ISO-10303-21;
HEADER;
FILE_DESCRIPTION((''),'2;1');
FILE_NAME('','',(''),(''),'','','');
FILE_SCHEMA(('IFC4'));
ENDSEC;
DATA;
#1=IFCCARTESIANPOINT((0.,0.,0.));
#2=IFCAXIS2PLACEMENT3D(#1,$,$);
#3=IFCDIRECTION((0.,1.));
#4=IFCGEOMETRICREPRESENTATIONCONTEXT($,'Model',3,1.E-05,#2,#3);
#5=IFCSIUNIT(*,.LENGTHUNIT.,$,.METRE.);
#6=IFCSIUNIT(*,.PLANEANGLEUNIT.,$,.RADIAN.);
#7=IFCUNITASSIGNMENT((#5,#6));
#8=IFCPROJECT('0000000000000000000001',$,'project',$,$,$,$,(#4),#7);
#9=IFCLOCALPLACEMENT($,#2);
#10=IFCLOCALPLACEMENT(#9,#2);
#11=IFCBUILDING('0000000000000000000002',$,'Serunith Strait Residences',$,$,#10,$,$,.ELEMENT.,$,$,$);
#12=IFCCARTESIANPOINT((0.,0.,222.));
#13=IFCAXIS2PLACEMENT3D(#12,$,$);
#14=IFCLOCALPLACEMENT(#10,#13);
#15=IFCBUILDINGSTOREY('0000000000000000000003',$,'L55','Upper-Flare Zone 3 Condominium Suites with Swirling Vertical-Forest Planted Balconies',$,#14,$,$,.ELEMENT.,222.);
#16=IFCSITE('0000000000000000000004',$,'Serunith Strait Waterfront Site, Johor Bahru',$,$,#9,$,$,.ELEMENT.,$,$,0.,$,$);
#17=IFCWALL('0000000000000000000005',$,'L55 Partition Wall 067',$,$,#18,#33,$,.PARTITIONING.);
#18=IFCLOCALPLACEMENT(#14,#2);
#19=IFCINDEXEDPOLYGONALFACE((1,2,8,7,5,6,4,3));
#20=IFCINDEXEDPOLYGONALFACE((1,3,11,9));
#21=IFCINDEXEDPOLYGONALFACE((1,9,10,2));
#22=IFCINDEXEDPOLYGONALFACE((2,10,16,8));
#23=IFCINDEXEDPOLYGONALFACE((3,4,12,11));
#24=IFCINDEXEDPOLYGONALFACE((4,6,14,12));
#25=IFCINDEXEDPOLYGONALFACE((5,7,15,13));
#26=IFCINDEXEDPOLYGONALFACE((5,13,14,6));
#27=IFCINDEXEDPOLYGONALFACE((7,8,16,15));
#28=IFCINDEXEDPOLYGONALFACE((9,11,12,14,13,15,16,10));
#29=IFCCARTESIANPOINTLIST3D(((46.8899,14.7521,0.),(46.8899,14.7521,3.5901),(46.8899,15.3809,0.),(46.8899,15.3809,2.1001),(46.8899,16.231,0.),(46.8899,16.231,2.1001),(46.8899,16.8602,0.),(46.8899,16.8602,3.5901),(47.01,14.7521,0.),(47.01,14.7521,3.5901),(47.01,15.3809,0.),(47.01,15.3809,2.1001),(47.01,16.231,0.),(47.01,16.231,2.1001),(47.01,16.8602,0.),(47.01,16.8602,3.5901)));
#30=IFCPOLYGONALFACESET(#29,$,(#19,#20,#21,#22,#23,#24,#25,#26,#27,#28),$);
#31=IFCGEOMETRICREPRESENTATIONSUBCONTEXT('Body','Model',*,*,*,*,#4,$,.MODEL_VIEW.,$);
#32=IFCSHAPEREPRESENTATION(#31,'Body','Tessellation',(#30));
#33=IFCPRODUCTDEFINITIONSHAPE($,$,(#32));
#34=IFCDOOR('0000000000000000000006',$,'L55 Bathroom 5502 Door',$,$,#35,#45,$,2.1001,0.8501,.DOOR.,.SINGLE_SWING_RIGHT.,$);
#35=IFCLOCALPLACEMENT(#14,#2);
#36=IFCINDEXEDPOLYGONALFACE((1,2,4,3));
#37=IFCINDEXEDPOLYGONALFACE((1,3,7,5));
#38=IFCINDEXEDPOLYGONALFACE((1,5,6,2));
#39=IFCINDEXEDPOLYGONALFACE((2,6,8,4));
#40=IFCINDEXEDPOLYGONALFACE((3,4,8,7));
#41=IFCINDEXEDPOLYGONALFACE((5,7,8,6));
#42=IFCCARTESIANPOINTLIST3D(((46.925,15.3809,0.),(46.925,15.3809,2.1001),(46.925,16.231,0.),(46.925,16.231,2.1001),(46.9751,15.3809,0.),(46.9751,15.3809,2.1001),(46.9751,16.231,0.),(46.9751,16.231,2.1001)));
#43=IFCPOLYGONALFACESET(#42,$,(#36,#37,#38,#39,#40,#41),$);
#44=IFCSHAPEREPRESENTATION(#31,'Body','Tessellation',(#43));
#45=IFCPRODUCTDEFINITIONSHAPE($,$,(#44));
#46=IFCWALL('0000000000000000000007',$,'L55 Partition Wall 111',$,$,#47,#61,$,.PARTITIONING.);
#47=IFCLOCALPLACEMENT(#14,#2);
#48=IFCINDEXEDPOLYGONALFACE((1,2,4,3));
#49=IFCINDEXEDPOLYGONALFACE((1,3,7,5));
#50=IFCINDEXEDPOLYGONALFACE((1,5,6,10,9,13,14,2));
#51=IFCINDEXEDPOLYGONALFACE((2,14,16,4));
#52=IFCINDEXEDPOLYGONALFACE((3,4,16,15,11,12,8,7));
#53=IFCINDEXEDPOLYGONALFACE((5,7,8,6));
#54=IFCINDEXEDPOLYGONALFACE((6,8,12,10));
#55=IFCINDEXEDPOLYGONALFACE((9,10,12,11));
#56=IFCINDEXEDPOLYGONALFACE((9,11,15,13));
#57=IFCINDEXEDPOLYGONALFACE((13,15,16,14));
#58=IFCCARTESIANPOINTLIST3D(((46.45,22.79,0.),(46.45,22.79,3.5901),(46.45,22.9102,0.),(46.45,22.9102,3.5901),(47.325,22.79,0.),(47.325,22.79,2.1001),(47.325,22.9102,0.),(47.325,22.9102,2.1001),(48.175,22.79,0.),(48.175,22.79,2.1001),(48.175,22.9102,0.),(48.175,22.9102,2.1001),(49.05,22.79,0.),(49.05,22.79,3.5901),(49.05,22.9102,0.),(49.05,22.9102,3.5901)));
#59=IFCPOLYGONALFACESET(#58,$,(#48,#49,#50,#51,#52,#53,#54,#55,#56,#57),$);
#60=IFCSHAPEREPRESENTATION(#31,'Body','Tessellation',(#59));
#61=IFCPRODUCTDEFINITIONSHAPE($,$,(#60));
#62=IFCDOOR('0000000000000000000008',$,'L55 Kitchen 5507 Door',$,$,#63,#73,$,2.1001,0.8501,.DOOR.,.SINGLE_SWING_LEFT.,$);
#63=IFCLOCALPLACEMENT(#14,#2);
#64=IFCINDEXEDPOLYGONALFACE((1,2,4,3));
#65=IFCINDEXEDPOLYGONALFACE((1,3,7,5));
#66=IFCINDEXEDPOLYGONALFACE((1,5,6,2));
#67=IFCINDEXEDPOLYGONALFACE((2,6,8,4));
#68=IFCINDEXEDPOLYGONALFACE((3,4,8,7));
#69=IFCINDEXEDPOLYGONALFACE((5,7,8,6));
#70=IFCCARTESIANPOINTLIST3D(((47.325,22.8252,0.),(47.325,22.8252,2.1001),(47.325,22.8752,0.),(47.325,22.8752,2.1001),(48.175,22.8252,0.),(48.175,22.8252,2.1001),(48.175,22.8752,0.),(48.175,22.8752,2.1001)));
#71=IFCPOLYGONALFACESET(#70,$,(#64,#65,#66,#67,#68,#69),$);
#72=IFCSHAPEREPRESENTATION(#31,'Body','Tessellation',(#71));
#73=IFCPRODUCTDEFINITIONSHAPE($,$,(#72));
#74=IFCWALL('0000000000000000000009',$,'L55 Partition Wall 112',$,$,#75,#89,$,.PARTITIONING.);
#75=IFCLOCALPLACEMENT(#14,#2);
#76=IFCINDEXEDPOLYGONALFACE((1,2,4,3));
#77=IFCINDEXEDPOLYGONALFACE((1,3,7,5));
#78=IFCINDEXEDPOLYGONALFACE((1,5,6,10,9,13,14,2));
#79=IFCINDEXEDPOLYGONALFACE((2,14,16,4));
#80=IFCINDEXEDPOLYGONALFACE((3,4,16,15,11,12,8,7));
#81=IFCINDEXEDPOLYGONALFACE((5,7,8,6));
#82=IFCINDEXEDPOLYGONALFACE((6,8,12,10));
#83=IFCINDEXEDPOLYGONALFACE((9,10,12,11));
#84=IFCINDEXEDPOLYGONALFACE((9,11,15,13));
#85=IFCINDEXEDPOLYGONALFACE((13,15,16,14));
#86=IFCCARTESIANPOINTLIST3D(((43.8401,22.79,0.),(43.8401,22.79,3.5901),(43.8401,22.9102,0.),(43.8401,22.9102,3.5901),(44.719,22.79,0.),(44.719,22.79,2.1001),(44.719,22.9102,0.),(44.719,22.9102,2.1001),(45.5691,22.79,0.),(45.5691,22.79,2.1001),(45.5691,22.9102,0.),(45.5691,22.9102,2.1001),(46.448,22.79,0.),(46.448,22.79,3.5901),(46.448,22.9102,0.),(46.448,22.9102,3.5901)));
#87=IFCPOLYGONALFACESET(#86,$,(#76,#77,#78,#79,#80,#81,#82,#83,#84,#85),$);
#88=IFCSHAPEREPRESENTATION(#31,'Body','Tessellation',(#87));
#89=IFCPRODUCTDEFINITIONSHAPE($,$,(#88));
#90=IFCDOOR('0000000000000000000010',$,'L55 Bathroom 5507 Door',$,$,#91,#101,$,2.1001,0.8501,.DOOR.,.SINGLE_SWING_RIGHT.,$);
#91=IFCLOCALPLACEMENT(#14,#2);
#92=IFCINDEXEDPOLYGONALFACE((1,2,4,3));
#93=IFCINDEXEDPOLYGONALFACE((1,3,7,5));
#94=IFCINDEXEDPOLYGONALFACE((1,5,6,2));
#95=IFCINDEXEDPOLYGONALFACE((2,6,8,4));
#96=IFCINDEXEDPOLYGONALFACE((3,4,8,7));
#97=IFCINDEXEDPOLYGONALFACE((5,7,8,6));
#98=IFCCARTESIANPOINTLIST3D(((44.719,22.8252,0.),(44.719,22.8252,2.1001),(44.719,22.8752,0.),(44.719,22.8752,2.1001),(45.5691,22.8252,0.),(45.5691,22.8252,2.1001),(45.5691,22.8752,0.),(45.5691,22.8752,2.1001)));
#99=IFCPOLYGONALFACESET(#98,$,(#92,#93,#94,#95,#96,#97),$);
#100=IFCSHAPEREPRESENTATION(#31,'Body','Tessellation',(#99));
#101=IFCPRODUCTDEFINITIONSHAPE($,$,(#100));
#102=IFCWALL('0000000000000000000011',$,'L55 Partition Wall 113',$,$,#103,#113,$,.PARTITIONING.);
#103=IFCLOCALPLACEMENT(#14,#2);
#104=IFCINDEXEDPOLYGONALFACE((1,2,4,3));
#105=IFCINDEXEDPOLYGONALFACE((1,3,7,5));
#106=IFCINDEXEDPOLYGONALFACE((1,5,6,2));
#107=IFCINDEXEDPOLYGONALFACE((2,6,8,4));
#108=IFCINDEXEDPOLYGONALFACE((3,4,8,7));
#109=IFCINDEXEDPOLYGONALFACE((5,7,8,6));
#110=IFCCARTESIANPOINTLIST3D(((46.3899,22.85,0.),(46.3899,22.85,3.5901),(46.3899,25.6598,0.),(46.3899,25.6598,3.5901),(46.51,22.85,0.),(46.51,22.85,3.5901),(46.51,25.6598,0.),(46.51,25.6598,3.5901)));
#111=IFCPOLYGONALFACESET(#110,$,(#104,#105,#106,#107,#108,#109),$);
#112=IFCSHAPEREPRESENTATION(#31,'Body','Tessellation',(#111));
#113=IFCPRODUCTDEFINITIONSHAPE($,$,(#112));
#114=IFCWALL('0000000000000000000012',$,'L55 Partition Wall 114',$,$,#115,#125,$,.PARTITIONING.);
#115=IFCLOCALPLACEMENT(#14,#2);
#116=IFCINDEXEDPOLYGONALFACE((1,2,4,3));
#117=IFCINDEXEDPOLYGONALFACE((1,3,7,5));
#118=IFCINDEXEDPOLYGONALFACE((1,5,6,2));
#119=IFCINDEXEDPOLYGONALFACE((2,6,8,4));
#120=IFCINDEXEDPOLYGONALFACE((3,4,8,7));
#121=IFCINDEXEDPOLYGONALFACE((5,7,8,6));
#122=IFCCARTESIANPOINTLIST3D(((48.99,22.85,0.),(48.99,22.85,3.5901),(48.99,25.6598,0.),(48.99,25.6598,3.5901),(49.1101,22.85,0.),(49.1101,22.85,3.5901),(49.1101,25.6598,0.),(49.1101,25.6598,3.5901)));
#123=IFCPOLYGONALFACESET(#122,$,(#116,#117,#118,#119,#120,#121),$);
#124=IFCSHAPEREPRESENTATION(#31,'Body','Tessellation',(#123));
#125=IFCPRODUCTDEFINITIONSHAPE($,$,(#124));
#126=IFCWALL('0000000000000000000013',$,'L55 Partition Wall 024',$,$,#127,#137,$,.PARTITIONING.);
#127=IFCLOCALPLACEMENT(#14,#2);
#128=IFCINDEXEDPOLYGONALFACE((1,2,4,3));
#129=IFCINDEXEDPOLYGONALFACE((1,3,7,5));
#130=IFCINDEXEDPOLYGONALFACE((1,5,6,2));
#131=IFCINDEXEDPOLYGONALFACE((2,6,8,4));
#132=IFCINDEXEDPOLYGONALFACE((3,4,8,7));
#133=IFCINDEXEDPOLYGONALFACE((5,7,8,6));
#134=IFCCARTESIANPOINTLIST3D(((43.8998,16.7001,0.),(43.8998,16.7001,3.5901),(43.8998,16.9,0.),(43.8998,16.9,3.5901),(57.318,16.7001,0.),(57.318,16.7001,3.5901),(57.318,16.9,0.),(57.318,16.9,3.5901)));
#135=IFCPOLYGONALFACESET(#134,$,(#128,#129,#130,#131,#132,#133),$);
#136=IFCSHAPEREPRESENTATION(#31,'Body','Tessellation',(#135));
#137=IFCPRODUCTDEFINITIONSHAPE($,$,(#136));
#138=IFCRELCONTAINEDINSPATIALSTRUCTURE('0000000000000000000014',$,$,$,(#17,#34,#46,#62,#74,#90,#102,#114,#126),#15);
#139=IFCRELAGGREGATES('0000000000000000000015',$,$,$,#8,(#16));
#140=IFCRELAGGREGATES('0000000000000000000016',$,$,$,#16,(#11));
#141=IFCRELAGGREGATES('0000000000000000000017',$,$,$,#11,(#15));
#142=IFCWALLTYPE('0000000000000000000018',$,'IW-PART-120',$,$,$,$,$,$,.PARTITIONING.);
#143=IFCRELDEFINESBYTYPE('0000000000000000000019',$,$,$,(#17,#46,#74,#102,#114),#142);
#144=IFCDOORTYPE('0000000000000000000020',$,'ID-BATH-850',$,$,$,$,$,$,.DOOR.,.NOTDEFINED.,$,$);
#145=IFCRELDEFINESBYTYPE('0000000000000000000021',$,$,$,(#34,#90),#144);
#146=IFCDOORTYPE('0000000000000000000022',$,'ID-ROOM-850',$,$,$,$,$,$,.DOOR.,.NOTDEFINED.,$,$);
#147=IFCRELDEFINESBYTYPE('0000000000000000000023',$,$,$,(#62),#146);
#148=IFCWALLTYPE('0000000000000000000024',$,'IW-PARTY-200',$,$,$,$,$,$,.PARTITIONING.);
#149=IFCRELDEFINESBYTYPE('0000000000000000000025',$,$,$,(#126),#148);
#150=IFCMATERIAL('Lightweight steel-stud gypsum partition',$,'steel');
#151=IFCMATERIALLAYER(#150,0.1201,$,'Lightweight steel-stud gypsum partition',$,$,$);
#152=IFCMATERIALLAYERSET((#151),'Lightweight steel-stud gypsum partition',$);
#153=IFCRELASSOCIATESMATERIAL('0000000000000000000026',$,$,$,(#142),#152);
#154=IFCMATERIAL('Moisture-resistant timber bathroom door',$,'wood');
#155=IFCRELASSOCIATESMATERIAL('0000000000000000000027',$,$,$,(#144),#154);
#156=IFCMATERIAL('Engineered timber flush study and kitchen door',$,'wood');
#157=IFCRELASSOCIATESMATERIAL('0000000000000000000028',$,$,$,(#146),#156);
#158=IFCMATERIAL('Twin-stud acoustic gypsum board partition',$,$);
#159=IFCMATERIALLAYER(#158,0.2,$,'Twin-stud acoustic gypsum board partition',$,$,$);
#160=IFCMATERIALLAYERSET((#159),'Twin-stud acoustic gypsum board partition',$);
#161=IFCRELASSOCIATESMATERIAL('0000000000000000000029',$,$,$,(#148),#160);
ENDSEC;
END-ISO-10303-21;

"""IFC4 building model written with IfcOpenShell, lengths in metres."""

from ifc_helpers import new_model, si_unit, direction, frame, frame_2d, origin, place, context, subcontext, project, spatial, rectangle, extrude, source, transform, mapped, material, layer, layer_set, type_object, element, fill, save


model = new_model("IFC4")

# Units and contexts
model_context = context("Model", 3, precision=1e-05, world=origin(), true_north=direction((0.0, 1.0)))
body_context = subcontext(model_context, "Body", "Model", "MODEL_VIEW")
ifc_project = project(units=[si_unit("LENGTHUNIT", "METRE"), si_unit("PLANEANGLEUNIT", "RADIAN")], contexts=[model_context])

# Site, building, storey
site_placement = place(None, origin())
site = spatial("IfcSite", under=ifc_project, at=site_placement, Name="Serunith Strait Waterfront Site, Johor Bahru", CompositionType="ELEMENT", RefElevation=0.0)
building_placement = place(site_placement, origin())
building = spatial("IfcBuilding", under=site, at=building_placement, Name="Serunith Strait Residences", CompositionType="ELEMENT")
storey_placement = place(building_placement, frame((0.0, 0.0, 222.0)))
storey = spatial("IfcBuildingStorey", under=building, at=storey_placement, Name="L55", Description="Upper-Flare Zone 3 Condominium Suites with Swirling Vertical-Forest Planted Balconies", CompositionType="ELEMENT", Elevation=222.0)

# Shared definitions
ifc_material_1 = material(Name="Lightweight steel-stud gypsum partition", Category="steel")
ifc_layer_1 = layer(ifc_material_1, 0.1201, Name="Lightweight steel-stud gypsum partition")
ifc_layer_set_1 = layer_set([ifc_layer_1], Name="Lightweight steel-stud gypsum partition")
wall_type_1 = type_object("IfcWallType", Name="IW-PART-120", PredefinedType="PARTITIONING", material=ifc_layer_set_1)

# Walls, openings, doors
wall_1_placement = place(storey_placement, frame((46.95, 14.752, 0.0), z_axis=(0.0, 0.0, 1.0), x_axis=(0.0, 1.0, 0.0)))
wall_1 = element("IfcWall", 1, at=wall_1_placement, inside=storey, type_object=wall_type_1, Name="L55 Partition Wall 067", PredefinedType="PARTITIONING", context=body_context, shape_type="SweptSolid", body=[
    extrude(rectangle(XDim=2.1082, YDim=0.1201, at=frame_2d((1.0542, 0.0))), origin(), (0.0, 0.0, 1.0), 3.5901),
])
opening_1_placement = place(wall_1_placement, frame((0.6289, 0.0, 0.0)))
opening_1 = element("IfcOpeningElement", 2, at=opening_1_placement, cuts=wall_1, PredefinedType="OPENING", context=body_context, shape_type="SweptSolid", body=[
    extrude(rectangle(XDim=0.8501, YDim=2.1001, at=frame_2d((0.425, 1.05))), frame((0.0, 0.0701, 0.0), z_axis=(0.0, -1.0, 0.0), x_axis=(1.0, 0.0, 0.0)), (0.0, 0.0, 1.0), 0.1401),
])
ifc_material_2 = material(Name="Moisture-resistant timber bathroom door", Category="wood")
door_type_1 = type_object("IfcDoorType", Name="ID-BATH-850", OperationType="NOTDEFINED", PredefinedType="DOOR", material=ifc_material_2)
shared_shape_1 = source(origin(), body_context, "Body", "SweptSolid", [
    extrude(rectangle(XDim=0.8501, YDim=2.1001, at=frame_2d((0.425, 1.05))), frame((0.0, 0.0249, 0.0), z_axis=(0.0, -1.0, 0.0), x_axis=(1.0, 0.0, 0.0)), (0.0, 0.0, 1.0), 0.05),
])
door_1_placement = place(opening_1_placement, origin())
door_1 = element("IfcDoor", 3, at=door_1_placement, inside=storey, type_object=door_type_1, Name="L55 Bathroom 5502 Door", OperationType="SINGLE_SWING_RIGHT", OverallHeight=2.1001, OverallWidth=0.8501, PredefinedType="DOOR", context=body_context, shape_type="MappedRepresentation", body=[
    mapped(shared_shape_1, transform((0.0, 0.0, 0.0), scale=1.0)),
])
fill(opening_1, door_1)
wall_2_placement = place(storey_placement, frame((49.05, 22.8501, 0.0), z_axis=(0.0, 0.0, 1.0), x_axis=(-1.0, 0.0, 0.0)))
wall_2 = element("IfcWall", 4, at=wall_2_placement, inside=storey, type_object=wall_type_1, Name="L55 Partition Wall 111", PredefinedType="PARTITIONING", context=body_context, shape_type="SweptSolid", body=[
    extrude(rectangle(XDim=2.6001, YDim=0.1201, at=frame_2d((1.3, 0.0))), origin(), (0.0, 0.0, 1.0), 3.5901),
])
opening_2_placement = place(wall_2_placement, frame((0.875, 0.0, 0.0)))
opening_2 = element("IfcOpeningElement", 5, at=opening_2_placement, cuts=wall_2, PredefinedType="OPENING", context=body_context, shape_type="SweptSolid", body=[
    extrude(rectangle(XDim=0.8501, YDim=2.1001, at=frame_2d((0.425, 1.05))), frame((0.0, 0.0701, 0.0), z_axis=(0.0, -1.0, 0.0), x_axis=(1.0, 0.0, 0.0)), (0.0, 0.0, 1.0), 0.1401),
])
ifc_material_3 = material(Name="Engineered timber flush study and kitchen door", Category="wood")
door_type_2 = type_object("IfcDoorType", Name="ID-ROOM-850", OperationType="NOTDEFINED", PredefinedType="DOOR", material=ifc_material_3)
door_2_placement = place(opening_2_placement, origin())
door_2 = element("IfcDoor", 6, at=door_2_placement, inside=storey, type_object=door_type_2, Name="L55 Kitchen 5507 Door", OperationType="SINGLE_SWING_LEFT", OverallHeight=2.1001, OverallWidth=0.8501, PredefinedType="DOOR", context=body_context, shape_type="MappedRepresentation", body=[
    mapped(shared_shape_1, transform((0.0, 0.0, 0.0), scale=1.0)),
])
fill(opening_2, door_2)
wall_3_placement = place(storey_placement, frame((46.448, 22.8501, 0.0), z_axis=(0.0, 0.0, 1.0), x_axis=(-1.0, 0.0, 0.0)))
wall_3 = element("IfcWall", 7, at=wall_3_placement, inside=storey, type_object=wall_type_1, Name="L55 Partition Wall 112", PredefinedType="PARTITIONING", context=body_context, shape_type="SweptSolid", body=[
    extrude(rectangle(XDim=2.6079, YDim=0.1201, at=frame_2d((1.304, 0.0))), origin(), (0.0, 0.0, 1.0), 3.5901),
])
opening_3_placement = place(wall_3_placement, frame((0.8789, 0.0, 0.0)))
opening_3 = element("IfcOpeningElement", 8, at=opening_3_placement, cuts=wall_3, PredefinedType="OPENING", context=body_context, shape_type="SweptSolid", body=[
    extrude(rectangle(XDim=0.8501, YDim=2.1001, at=frame_2d((0.425, 1.05))), frame((0.0, 0.0701, 0.0), z_axis=(0.0, -1.0, 0.0), x_axis=(1.0, 0.0, 0.0)), (0.0, 0.0, 1.0), 0.1401),
])
door_3_placement = place(opening_3_placement, origin())
door_3 = element("IfcDoor", 9, at=door_3_placement, inside=storey, type_object=door_type_1, Name="L55 Bathroom 5507 Door", OperationType="SINGLE_SWING_RIGHT", OverallHeight=2.1001, OverallWidth=0.8501, PredefinedType="DOOR", context=body_context, shape_type="MappedRepresentation", body=[
    mapped(shared_shape_1, transform((0.0, 0.0, 0.0), scale=1.0)),
])
fill(opening_3, door_3)

# Walls
for number, where, z_axis, x_axis, name in (
    (10, (46.45, 22.8501, 0.0), (0.0, 0.0, 1.0), (0.0, 1.0, 0.0), "L55 Partition Wall 113"),
    (11, (49.05, 22.8501, 0.0), (0.0, 0.0, 1.0), (0.0, 1.0, 0.0), "L55 Partition Wall 114"),
):
    element("IfcWall", number, at=place(storey_placement, frame(where, z_axis=z_axis, x_axis=x_axis)), inside=storey, type_object=wall_type_1, Name=name, PredefinedType="PARTITIONING", context=body_context, shape_type="SweptSolid", body=[
        extrude(rectangle(XDim=2.8098, YDim=0.1201, at=frame_2d((1.4048, 0.0))), origin(), (0.0, 0.0, 1.0), 3.5901),
    ])
ifc_material_4 = material(Name="Twin-stud acoustic gypsum board partition")
ifc_layer_2 = layer(ifc_material_4, 0.2, Name="Twin-stud acoustic gypsum board partition")
ifc_layer_set_2 = layer_set([ifc_layer_2], Name="Twin-stud acoustic gypsum board partition")
wall_type_2 = type_object("IfcWallType", Name="IW-PARTY-200", PredefinedType="PARTITIONING", material=ifc_layer_set_2)
wall_4_placement = place(storey_placement, frame((43.8999, 16.8, 0.0), z_axis=(0.0, 0.0, 1.0), x_axis=(1.0, 0.0, 0.0)))
element("IfcWall", 12, at=wall_4_placement, inside=storey, type_object=wall_type_2, Name="L55 Partition Wall 024", PredefinedType="PARTITIONING", context=body_context, shape_type="SweptSolid", body=[
    extrude(rectangle(XDim=13.4182, YDim=0.2, at=frame_2d((6.709, 0.0))), origin(), (0.0, 0.0, 1.0), 3.5901),
])

save(model, "model.ifc")
